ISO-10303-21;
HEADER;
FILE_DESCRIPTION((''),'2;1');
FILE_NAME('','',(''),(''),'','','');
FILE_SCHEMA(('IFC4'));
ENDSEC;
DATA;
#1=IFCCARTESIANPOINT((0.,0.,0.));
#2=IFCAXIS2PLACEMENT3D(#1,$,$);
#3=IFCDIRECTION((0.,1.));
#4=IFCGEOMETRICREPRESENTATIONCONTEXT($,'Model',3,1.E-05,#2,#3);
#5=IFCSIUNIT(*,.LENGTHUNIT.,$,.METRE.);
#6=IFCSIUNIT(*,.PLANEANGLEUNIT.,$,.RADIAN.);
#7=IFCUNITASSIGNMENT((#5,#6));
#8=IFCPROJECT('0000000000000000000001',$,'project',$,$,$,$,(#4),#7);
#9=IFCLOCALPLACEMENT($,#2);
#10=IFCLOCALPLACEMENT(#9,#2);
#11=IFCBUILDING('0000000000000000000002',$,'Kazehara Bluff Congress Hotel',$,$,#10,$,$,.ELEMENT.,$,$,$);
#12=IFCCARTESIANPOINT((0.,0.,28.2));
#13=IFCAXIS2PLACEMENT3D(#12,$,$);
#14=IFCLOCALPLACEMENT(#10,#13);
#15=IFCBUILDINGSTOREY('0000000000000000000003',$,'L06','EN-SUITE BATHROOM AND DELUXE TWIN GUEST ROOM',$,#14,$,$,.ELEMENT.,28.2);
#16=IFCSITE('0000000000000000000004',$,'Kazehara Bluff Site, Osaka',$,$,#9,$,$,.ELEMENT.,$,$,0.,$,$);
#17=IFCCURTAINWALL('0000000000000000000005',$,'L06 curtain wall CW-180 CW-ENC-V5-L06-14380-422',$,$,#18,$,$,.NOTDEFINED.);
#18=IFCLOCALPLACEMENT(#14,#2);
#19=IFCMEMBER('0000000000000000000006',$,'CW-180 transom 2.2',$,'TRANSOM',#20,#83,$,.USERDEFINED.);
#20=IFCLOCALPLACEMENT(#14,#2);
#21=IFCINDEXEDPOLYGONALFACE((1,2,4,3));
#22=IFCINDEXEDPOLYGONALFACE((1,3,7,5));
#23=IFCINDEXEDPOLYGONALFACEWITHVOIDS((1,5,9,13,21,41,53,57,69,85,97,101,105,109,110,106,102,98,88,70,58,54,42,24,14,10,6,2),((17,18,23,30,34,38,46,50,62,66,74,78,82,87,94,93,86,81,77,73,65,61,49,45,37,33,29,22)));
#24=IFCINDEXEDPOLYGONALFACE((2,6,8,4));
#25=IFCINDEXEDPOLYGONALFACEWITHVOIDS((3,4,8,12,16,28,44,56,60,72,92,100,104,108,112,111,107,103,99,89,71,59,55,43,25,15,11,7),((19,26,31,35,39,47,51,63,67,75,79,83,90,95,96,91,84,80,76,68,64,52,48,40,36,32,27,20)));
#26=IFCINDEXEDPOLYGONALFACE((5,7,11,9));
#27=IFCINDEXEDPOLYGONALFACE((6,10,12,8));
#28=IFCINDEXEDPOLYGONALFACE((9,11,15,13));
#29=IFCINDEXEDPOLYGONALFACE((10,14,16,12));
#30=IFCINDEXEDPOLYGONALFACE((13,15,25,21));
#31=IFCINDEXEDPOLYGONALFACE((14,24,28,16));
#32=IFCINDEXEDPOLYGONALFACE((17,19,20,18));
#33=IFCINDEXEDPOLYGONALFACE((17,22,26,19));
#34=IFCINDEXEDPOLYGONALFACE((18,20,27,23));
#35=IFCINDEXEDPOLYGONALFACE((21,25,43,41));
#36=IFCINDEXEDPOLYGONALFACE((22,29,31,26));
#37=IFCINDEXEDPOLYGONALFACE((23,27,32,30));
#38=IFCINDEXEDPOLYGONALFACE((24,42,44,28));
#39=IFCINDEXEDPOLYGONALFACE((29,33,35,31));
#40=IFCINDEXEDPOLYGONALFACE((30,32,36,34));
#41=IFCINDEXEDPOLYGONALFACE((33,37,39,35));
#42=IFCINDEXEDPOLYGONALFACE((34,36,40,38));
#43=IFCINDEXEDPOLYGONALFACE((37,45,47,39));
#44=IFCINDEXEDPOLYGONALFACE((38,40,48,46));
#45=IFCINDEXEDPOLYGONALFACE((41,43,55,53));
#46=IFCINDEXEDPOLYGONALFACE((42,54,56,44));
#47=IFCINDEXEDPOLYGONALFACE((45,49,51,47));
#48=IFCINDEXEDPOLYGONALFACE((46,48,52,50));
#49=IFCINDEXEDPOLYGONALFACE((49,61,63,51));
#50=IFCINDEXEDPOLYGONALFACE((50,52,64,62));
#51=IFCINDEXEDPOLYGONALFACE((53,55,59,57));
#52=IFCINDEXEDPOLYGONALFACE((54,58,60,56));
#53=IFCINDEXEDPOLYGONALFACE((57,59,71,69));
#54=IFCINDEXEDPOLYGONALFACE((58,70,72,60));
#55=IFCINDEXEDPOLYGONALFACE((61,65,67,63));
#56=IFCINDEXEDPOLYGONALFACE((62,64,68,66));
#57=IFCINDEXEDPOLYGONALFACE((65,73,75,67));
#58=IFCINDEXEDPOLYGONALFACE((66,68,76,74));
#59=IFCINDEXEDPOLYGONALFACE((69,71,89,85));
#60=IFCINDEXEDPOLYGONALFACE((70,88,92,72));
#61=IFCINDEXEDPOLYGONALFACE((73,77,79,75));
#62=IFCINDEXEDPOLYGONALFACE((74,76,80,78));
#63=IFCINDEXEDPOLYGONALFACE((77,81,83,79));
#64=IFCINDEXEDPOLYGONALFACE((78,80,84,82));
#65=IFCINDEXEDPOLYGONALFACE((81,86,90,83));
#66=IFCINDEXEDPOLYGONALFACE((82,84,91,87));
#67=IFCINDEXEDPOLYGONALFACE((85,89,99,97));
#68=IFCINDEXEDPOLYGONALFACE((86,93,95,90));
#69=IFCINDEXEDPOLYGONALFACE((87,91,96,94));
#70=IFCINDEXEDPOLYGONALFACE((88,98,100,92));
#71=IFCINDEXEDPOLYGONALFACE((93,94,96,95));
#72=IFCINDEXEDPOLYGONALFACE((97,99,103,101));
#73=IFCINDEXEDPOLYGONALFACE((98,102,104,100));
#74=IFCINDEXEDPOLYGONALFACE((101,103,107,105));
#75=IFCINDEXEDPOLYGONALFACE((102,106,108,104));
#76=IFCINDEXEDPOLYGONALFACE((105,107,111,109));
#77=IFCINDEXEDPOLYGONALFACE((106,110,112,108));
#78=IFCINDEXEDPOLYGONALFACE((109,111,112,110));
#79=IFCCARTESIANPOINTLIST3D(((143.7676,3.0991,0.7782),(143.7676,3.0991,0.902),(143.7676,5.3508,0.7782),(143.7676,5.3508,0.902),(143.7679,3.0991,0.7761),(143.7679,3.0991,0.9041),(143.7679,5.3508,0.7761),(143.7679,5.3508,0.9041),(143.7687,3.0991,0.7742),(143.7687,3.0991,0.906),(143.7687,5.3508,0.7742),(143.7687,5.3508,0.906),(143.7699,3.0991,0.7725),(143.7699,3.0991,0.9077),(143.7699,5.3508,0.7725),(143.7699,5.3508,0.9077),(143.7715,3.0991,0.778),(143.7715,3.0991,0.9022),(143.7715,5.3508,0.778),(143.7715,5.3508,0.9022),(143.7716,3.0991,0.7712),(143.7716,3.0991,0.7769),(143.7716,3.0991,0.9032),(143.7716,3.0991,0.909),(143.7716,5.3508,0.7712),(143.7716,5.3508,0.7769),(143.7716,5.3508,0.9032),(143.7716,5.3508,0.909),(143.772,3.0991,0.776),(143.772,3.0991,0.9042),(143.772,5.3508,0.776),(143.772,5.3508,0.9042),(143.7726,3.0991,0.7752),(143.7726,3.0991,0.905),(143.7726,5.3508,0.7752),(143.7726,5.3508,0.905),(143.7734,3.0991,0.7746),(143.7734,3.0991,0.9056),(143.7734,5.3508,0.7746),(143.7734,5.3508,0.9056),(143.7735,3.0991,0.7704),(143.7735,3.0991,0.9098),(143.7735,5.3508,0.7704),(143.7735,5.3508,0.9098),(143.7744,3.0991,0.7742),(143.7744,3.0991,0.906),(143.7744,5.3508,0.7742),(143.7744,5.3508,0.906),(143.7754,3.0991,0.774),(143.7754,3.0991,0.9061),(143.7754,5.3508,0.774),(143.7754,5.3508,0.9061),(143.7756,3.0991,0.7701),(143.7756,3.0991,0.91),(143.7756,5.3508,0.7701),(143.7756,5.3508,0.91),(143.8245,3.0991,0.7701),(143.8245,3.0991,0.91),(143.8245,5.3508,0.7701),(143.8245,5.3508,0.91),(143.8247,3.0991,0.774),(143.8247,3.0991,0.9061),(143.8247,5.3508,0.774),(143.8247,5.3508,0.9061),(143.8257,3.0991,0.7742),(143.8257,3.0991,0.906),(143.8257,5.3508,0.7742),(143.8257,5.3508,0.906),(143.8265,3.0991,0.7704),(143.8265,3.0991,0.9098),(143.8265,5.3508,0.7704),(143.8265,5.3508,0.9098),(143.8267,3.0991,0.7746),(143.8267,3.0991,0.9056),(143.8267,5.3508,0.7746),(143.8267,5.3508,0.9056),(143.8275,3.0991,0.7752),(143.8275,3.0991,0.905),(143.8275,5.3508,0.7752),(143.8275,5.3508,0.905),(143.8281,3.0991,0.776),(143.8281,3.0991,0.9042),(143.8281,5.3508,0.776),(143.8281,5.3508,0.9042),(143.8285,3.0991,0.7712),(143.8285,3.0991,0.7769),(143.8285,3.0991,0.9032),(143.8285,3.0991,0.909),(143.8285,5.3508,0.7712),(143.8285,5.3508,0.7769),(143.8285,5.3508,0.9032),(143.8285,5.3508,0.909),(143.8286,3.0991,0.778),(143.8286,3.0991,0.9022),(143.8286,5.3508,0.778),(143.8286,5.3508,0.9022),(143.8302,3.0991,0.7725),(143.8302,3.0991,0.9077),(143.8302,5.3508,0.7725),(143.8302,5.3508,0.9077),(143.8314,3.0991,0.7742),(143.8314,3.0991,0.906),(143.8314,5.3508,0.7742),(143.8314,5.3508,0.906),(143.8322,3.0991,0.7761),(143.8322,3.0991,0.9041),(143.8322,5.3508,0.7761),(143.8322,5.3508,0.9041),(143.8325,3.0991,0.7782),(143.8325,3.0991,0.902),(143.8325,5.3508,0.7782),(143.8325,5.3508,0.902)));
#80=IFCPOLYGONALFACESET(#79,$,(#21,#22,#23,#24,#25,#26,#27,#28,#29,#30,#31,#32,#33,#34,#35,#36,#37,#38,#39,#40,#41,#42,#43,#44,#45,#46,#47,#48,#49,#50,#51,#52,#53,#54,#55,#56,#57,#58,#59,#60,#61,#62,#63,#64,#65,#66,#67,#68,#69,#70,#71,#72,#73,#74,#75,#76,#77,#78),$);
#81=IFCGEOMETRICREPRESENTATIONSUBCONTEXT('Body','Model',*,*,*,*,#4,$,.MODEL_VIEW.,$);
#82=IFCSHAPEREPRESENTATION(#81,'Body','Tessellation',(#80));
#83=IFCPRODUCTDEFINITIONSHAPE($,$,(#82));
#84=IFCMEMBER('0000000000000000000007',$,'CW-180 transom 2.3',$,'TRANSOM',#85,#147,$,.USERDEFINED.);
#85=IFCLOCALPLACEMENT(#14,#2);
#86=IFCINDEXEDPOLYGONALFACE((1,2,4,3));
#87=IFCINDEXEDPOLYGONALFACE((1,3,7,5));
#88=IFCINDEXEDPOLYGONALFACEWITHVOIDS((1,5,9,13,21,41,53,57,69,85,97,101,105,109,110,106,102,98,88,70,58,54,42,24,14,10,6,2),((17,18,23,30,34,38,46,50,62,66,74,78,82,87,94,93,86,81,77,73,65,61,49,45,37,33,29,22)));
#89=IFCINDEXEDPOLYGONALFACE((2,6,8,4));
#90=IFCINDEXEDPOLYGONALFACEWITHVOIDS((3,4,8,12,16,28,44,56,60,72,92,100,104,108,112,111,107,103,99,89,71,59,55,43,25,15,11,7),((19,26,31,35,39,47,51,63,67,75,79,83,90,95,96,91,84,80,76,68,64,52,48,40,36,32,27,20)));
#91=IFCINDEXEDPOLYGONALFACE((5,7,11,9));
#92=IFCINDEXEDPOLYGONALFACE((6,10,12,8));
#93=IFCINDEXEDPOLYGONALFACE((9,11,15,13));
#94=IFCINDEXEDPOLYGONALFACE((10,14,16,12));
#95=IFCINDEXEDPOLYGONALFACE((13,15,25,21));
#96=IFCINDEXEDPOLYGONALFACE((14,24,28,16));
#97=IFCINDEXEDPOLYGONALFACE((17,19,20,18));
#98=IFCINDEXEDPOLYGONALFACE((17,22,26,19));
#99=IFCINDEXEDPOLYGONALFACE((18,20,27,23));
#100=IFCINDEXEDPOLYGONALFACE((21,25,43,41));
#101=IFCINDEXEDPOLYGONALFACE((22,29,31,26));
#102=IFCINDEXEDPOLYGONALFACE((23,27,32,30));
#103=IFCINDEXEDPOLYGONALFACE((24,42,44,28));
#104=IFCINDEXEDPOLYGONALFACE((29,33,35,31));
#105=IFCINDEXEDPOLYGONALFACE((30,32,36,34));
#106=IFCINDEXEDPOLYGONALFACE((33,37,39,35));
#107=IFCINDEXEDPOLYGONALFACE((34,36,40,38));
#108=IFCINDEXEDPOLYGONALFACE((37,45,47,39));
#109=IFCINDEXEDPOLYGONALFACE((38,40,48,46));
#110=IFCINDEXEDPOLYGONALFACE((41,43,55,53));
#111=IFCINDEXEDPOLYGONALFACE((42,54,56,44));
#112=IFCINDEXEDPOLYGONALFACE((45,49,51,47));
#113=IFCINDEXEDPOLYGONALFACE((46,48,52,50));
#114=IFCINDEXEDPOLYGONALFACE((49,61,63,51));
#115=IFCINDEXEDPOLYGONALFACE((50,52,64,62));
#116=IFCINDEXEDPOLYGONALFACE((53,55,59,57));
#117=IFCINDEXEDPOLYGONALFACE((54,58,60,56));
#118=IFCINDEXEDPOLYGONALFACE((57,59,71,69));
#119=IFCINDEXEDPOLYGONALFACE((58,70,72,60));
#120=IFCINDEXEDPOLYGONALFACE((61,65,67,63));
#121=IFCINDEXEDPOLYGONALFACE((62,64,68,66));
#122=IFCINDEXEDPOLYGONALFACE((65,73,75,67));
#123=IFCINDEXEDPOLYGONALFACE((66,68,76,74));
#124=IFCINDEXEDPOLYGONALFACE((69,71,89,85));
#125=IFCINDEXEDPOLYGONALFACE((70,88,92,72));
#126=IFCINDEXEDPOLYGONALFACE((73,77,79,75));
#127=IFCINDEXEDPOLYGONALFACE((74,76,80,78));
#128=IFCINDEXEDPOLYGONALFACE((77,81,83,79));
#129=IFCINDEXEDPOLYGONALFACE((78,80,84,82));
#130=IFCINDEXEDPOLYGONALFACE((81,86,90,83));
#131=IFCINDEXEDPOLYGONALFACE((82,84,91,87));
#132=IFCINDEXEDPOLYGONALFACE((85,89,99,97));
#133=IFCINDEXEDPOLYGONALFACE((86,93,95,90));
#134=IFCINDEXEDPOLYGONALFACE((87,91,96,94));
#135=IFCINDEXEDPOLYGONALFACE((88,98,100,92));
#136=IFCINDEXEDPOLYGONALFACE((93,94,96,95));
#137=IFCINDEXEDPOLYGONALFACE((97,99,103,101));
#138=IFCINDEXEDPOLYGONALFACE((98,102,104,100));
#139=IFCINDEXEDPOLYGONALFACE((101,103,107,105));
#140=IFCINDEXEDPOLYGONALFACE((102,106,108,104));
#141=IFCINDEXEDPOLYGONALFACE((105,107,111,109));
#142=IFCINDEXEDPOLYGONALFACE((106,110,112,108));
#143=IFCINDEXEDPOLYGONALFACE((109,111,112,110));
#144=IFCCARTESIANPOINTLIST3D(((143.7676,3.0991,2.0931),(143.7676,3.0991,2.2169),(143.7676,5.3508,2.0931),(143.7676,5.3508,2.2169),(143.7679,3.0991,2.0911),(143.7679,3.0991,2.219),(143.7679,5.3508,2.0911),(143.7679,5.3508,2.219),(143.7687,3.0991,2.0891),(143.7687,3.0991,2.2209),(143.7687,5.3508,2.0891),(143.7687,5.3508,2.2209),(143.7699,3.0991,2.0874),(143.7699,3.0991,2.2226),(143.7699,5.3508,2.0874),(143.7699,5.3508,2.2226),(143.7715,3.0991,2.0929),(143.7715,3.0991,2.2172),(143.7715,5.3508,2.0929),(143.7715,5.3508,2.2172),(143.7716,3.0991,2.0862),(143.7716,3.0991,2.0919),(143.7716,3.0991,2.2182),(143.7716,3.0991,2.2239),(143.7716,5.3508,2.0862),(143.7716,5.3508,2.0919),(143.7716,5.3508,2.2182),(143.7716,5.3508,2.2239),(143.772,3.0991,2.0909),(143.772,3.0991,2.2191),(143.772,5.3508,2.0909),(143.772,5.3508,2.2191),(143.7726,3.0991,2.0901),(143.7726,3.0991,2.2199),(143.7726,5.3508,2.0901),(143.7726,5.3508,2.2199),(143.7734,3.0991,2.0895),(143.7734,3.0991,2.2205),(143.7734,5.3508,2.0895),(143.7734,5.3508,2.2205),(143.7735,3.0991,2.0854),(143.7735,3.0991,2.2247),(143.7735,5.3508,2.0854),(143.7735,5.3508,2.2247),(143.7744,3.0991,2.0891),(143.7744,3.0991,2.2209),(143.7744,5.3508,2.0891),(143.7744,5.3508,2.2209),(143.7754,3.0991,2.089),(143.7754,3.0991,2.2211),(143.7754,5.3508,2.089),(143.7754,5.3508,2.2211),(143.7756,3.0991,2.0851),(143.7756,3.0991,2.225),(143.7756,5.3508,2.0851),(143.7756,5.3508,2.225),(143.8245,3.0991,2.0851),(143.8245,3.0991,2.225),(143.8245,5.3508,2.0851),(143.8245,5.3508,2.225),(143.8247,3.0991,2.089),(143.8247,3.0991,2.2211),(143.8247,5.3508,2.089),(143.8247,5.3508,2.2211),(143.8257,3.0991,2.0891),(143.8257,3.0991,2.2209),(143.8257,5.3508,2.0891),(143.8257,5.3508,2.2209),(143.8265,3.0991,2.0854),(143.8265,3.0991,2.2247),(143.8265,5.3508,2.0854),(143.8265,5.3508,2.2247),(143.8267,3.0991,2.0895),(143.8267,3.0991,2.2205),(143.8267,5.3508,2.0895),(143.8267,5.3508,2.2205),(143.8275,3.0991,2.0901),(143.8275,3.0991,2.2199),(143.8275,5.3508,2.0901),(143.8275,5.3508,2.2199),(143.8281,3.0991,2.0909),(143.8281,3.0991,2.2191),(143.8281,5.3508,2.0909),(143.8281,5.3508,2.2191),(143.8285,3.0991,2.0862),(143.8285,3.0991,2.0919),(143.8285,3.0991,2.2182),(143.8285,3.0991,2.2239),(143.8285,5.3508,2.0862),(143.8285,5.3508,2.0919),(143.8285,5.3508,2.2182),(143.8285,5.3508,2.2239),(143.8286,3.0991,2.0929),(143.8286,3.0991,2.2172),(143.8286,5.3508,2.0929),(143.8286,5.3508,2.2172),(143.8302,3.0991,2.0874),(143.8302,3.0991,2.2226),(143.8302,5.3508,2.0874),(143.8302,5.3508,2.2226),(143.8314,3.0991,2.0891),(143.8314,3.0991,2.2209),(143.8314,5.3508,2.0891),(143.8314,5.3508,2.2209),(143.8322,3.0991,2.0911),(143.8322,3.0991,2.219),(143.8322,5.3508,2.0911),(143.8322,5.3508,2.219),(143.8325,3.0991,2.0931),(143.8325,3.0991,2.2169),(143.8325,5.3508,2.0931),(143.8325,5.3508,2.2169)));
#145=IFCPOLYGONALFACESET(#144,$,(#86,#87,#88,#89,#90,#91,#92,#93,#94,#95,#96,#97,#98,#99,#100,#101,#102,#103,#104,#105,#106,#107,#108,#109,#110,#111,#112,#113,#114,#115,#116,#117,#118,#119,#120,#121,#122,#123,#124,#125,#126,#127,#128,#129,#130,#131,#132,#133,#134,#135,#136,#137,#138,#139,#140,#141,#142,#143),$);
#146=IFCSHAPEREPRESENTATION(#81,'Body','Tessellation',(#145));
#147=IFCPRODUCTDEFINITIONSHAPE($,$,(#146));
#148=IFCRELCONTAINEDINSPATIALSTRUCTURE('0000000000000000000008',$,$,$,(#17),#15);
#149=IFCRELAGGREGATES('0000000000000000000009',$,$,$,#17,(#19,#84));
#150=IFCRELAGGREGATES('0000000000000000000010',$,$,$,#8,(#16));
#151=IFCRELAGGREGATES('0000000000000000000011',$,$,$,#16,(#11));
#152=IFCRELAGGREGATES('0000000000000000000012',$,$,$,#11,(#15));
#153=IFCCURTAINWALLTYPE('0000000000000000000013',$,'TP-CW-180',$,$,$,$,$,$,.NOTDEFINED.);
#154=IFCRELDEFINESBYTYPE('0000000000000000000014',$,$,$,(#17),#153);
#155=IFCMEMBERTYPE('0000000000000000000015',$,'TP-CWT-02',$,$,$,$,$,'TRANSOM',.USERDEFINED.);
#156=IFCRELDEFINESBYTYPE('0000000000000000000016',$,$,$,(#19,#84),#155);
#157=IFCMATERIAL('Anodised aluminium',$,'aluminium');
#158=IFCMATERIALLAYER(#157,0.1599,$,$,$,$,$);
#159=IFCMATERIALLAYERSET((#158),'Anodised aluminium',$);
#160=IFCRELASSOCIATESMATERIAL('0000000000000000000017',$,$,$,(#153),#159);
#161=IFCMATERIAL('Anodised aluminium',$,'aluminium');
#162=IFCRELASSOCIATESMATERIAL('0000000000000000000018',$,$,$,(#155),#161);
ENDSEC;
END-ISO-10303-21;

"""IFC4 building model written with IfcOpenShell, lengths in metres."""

from ifc_helpers import new_model, si_unit, direction, frame, origin, origin_2d, place, context, subcontext, project, spatial, hollow_rectangle, extrude, material, layer, layer_set, material_profile, profile_set, type_object, element, aggregate, save


model = new_model("IFC4")

# Units and contexts
model_context = context("Model", 3, precision=1e-05, world=origin(), true_north=direction((0.0, 1.0)))
body_context = subcontext(model_context, "Body", "Model", "MODEL_VIEW")
ifc_project = project(units=[si_unit("LENGTHUNIT", "METRE"), si_unit("PLANEANGLEUNIT", "RADIAN")], contexts=[model_context])

# Site, building, storey
site_placement = place(None, origin())
site = spatial("IfcSite", under=ifc_project, at=site_placement, Name="Kazehara Bluff Site, Osaka", CompositionType="ELEMENT", RefElevation=0.0)
building_placement = place(site_placement, origin())
building = spatial("IfcBuilding", under=site, at=building_placement, Name="Kazehara Bluff Congress Hotel", CompositionType="ELEMENT")
storey_placement = place(building_placement, frame((0.0, 0.0, 28.2)))
storey = spatial("IfcBuildingStorey", under=building, at=storey_placement, Name="L06", Description="EN-SUITE BATHROOM AND DELUXE TWIN GUEST ROOM", CompositionType="ELEMENT", Elevation=28.2)

# Curtain wall, members
ifc_material_1 = material(Name="Anodised aluminium", Category="aluminium")
ifc_layer_1 = layer(ifc_material_1, 0.1599)
ifc_layer_set_1 = layer_set([ifc_layer_1], Name="Anodised aluminium")
curtain_wall_type = type_object("IfcCurtainWallType", Name="TP-CW-180", PredefinedType="NOTDEFINED", material=ifc_layer_set_1)
curtain_wall_placement = place(storey_placement, origin())
curtain_wall = element("IfcCurtainWall", 1, at=curtain_wall_placement, inside=storey, type_object=curtain_wall_type, Name="L06 curtain wall CW-180 CW-ENC-V5-L06-14380-422", PredefinedType="NOTDEFINED")
ifc_material_2 = material(Name="Anodised aluminium", Category="aluminium")
ifc_material_profile_1 = material_profile(ifc_material_2, hollow_rectangle(XDim=0.0649, YDim=0.1399, WallThickness=0.0039, InnerFilletRadius=0.0039, OuterFilletRadius=0.0081, at=origin_2d()))
ifc_profile_set_1 = profile_set([ifc_material_profile_1], Name="Anodised aluminium")
member_type_1 = type_object("IfcMemberType", Name="TP-CWT-02", ElementType="TRANSOM", PredefinedType="USERDEFINED", material=ifc_profile_set_1)
member_1_placement = place(storey_placement, frame((143.8, 3.0991, 0.8401), z_axis=(0.0, 1.0, 0.0), x_axis=(-1.0, 0.0, 0.0)))
member_1 = element("IfcMember", 2, at=member_1_placement, type_object=member_type_1, Name="CW-180 transom 2.2", ObjectType="TRANSOM", PredefinedType="USERDEFINED", context=body_context, shape_type="SweptSolid", body=[
    extrude(hollow_rectangle(XDim=0.0649, YDim=0.1399, WallThickness=0.0039, InnerFilletRadius=0.0039, OuterFilletRadius=0.0081, at=origin_2d()), origin(), (0.0, 0.0, 1.0), 2.2517),
])
member_2_placement = place(storey_placement, frame((143.8, 3.0991, 2.155), z_axis=(0.0, 1.0, 0.0), x_axis=(-1.0, 0.0, 0.0)))
member_2 = element("IfcMember", 3, at=member_2_placement, type_object=member_type_1, Name="CW-180 transom 2.3", ObjectType="TRANSOM", PredefinedType="USERDEFINED", context=body_context, shape_type="SweptSolid", body=[
    extrude(hollow_rectangle(XDim=0.0649, YDim=0.1399, WallThickness=0.0039, InnerFilletRadius=0.0039, OuterFilletRadius=0.0081, at=origin_2d()), origin(), (0.0, 0.0, 1.0), 2.2517),
])
aggregate(curtain_wall, [member_1, member_2])

save(model, "model.ifc")
